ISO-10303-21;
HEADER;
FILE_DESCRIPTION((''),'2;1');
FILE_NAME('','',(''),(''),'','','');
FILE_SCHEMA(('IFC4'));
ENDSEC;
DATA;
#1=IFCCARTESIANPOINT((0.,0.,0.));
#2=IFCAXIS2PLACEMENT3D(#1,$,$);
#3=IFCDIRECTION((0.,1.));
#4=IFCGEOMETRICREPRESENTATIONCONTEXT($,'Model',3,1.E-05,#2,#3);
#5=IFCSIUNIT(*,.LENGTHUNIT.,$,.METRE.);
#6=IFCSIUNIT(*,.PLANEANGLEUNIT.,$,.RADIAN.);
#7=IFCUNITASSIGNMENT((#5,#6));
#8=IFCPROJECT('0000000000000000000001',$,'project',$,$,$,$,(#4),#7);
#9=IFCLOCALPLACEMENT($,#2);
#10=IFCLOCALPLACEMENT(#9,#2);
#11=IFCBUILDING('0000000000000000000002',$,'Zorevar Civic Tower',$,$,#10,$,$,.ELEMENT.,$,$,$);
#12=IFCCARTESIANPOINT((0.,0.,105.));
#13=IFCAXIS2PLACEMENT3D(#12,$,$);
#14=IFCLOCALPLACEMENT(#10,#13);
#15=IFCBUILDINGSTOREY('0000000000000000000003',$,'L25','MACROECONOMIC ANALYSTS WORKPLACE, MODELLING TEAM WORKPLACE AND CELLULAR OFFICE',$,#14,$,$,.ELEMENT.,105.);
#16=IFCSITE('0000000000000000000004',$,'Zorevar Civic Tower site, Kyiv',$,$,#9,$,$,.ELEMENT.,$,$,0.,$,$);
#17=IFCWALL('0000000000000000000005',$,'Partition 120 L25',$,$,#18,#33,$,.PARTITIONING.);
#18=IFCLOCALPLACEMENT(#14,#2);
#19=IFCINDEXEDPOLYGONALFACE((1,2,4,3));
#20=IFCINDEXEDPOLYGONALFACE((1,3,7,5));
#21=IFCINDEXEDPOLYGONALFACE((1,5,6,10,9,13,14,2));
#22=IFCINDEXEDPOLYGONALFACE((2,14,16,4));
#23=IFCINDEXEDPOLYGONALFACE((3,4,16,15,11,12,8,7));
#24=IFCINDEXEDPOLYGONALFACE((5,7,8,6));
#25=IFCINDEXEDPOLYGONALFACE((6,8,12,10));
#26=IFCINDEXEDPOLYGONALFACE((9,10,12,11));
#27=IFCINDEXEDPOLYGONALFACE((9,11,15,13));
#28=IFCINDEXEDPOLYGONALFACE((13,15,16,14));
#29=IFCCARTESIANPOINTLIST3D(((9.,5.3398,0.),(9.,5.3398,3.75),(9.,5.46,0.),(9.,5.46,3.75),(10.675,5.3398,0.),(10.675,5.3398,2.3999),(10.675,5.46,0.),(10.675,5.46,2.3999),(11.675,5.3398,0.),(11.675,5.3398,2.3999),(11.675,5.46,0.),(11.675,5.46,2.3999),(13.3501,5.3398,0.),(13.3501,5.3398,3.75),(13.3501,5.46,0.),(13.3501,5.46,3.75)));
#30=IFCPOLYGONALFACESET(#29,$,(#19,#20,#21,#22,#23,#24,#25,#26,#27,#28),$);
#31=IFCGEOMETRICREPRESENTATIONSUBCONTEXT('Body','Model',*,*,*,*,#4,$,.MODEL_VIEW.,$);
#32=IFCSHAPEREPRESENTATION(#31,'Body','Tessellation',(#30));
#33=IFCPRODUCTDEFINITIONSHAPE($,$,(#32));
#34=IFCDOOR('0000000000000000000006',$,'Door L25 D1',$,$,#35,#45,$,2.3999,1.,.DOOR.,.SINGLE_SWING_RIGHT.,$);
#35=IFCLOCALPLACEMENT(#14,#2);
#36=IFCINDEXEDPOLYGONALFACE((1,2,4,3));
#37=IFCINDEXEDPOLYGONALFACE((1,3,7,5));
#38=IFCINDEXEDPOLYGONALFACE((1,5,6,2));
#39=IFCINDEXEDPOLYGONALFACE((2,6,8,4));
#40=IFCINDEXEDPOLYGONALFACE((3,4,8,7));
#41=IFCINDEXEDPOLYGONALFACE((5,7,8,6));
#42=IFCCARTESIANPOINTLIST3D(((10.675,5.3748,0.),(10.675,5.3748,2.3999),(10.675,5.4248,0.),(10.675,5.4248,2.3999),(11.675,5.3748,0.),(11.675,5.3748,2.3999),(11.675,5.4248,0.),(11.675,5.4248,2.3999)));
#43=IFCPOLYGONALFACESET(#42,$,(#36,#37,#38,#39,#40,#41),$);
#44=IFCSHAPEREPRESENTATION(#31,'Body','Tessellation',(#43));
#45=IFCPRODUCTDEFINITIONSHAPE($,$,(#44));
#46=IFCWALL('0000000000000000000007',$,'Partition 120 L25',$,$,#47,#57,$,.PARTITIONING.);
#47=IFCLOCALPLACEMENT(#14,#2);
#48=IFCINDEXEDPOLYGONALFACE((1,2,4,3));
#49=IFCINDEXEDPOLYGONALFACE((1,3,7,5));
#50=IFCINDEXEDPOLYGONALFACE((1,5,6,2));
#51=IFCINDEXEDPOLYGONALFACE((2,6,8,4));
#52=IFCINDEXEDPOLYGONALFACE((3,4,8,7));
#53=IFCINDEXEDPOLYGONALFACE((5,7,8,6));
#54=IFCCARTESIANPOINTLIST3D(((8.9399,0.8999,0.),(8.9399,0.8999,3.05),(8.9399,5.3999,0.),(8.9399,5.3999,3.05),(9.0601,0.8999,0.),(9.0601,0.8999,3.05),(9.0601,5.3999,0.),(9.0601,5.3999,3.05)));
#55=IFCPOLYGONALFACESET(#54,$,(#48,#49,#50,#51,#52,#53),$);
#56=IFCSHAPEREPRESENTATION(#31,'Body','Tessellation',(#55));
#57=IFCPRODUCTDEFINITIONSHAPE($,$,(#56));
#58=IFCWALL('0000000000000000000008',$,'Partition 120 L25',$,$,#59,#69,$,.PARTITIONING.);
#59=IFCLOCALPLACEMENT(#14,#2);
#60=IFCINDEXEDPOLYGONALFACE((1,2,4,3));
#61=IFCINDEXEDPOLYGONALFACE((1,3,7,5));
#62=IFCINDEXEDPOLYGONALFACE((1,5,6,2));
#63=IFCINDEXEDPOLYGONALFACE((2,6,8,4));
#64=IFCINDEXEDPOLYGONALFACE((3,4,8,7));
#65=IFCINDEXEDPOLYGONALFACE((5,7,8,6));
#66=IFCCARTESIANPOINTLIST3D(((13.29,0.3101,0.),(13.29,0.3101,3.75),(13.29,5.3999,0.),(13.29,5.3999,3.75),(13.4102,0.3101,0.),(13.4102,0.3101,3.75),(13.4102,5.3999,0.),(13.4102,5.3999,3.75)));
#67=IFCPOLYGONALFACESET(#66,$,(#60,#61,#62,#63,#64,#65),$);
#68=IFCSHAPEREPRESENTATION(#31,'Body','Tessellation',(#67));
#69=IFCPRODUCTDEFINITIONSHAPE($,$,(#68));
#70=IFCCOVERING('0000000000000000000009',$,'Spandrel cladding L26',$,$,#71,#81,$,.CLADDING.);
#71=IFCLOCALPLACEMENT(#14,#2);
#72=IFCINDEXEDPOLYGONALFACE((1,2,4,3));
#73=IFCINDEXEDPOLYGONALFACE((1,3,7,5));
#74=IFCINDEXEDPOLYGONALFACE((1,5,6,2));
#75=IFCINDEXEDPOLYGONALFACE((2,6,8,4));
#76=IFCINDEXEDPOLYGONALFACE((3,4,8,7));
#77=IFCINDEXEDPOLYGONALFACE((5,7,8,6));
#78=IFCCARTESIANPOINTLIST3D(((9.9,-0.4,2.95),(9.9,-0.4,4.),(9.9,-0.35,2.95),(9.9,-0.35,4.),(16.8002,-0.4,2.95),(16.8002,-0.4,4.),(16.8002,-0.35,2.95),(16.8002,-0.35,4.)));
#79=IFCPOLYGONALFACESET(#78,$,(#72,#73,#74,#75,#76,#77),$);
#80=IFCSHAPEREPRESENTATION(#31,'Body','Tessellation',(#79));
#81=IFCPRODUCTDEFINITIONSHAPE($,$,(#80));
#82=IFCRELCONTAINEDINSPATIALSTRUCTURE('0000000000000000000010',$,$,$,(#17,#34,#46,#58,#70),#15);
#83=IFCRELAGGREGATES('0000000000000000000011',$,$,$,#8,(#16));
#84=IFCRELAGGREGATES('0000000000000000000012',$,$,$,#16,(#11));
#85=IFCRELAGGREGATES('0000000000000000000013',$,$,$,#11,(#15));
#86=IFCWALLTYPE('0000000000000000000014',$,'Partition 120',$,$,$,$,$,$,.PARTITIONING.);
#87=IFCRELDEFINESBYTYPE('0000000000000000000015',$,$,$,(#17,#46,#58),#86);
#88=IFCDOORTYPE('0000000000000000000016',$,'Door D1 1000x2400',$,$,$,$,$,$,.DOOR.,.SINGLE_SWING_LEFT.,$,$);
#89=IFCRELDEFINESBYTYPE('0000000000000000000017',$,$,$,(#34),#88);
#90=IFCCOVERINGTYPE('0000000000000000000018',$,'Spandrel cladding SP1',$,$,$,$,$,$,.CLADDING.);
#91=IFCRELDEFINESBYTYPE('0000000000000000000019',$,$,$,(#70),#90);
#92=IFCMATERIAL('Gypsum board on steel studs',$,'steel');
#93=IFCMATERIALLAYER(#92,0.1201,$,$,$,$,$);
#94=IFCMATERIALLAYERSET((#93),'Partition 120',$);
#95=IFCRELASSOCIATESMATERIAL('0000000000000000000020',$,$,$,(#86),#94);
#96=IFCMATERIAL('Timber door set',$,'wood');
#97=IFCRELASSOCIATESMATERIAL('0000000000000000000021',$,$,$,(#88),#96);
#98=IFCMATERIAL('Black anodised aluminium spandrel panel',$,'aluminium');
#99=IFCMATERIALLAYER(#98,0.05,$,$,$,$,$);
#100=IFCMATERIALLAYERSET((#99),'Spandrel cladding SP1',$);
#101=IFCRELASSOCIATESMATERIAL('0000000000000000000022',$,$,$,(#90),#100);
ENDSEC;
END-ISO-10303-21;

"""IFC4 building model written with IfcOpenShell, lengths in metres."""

from ifc_helpers import new_model, si_unit, direction, frame, frame_2d, origin, place, context, subcontext, project, spatial, rectangle, extrude, material, layer, layer_set, type_object, element, fill, save


model = new_model("IFC4")

# Units and contexts
model_context = context("Model", 3, precision=1e-05, world=origin(), true_north=direction((0.0, 1.0)))
body_context = subcontext(model_context, "Body", "Model", "MODEL_VIEW")
ifc_project = project(units=[si_unit("LENGTHUNIT", "METRE"), si_unit("PLANEANGLEUNIT", "RADIAN")], contexts=[model_context])

# Site, building, storey
site_placement = place(None, origin())
site = spatial("IfcSite", under=ifc_project, at=site_placement, Name="Zorevar Civic Tower site, Kyiv", CompositionType="ELEMENT", RefElevation=0.0)
building_placement = place(site_placement, origin())
building = spatial("IfcBuilding", under=site, at=building_placement, Name="Zorevar Civic Tower", CompositionType="ELEMENT")
storey_placement = place(building_placement, frame((0.0, 0.0, 105.0)))
storey = spatial("IfcBuildingStorey", under=building, at=storey_placement, Name="L25", Description="MACROECONOMIC ANALYSTS WORKPLACE, MODELLING TEAM WORKPLACE AND CELLULAR OFFICE", CompositionType="ELEMENT", Elevation=105.0)

# Wall, opening, door
ifc_material_1 = material(Name="Gypsum board on steel studs", Category="steel")
ifc_layer_1 = layer(ifc_material_1, 0.1201)
ifc_layer_set_1 = layer_set([ifc_layer_1], Name="Partition 120")
wall_type = type_object("IfcWallType", Name="Partition 120", PredefinedType="PARTITIONING", material=ifc_layer_set_1)
wall_1_placement = place(storey_placement, frame((9.0, 5.3999, 0.0), z_axis=(0.0, 0.0, 1.0), x_axis=(1.0, 0.0, 0.0)))
wall_1 = element("IfcWall", 1, at=wall_1_placement, inside=storey, type_object=wall_type, Name="Partition 120 L25", PredefinedType="PARTITIONING", context=body_context, shape_type="SweptSolid", body=[
    extrude(rectangle(XDim=4.3501, YDim=0.1201, at=frame_2d((2.175, 0.0))), origin(), (0.0, 0.0, 1.0), 3.75),
])
opening_placement = place(wall_1_placement, frame((1.675, 0.0, 0.0)))
opening = element("IfcOpeningElement", 2, at=opening_placement, cuts=wall_1, PredefinedType="OPENING", context=body_context, shape_type="SweptSolid", body=[
    extrude(rectangle(XDim=1.0, YDim=2.3999, at=frame_2d((0.5, 1.2))), frame((0.0, 0.0701, 0.0), z_axis=(0.0, -1.0, 0.0), x_axis=(1.0, 0.0, 0.0)), (0.0, 0.0, 1.0), 0.1401),
])
ifc_material_2 = material(Name="Timber door set", Category="wood")
door_type = type_object("IfcDoorType", Name="Door D1 1000x2400", OperationType="SINGLE_SWING_LEFT", PredefinedType="DOOR", material=ifc_material_2)
door_placement = place(opening_placement, origin())
door = element("IfcDoor", 3, at=door_placement, inside=storey, type_object=door_type, Name="Door L25 D1", OperationType="SINGLE_SWING_RIGHT", OverallHeight=2.3999, OverallWidth=1.0, PredefinedType="DOOR", context=body_context, shape_type="SweptSolid", body=[
    extrude(rectangle(XDim=1.0, YDim=2.3999, at=frame_2d((0.5, 1.2))), frame((0.0, 0.0249, 0.0), z_axis=(0.0, -1.0, 0.0), x_axis=(1.0, 0.0, 0.0)), (0.0, 0.0, 1.0), 0.05),
])
fill(opening, door)

# Walls
wall_2_placement = place(storey_placement, frame((9.0, 0.8999, 0.0), z_axis=(0.0, 0.0, 1.0), x_axis=(0.0, 1.0, 0.0)))
element("IfcWall", 4, at=wall_2_placement, inside=storey, type_object=wall_type, Name="Partition 120 L25", PredefinedType="PARTITIONING", context=body_context, shape_type="SweptSolid", body=[
    extrude(rectangle(XDim=4.5, YDim=0.1201, at=frame_2d((2.25, 0.0))), origin(), (0.0, 0.0, 1.0), 3.05),
])
wall_3_placement = place(storey_placement, frame((13.3501, 0.3101, 0.0), z_axis=(0.0, 0.0, 1.0), x_axis=(0.0, 1.0, 0.0)))
element("IfcWall", 5, at=wall_3_placement, inside=storey, type_object=wall_type, Name="Partition 120 L25", PredefinedType="PARTITIONING", context=body_context, shape_type="SweptSolid", body=[
    extrude(rectangle(XDim=5.0898, YDim=0.1201, at=frame_2d((2.5449, 0.0))), origin(), (0.0, 0.0, 1.0), 3.75),
])

# Covering
ifc_material_3 = material(Name="Black anodised aluminium spandrel panel", Category="aluminium")
ifc_layer_2 = layer(ifc_material_3, 0.05)
ifc_layer_set_2 = layer_set([ifc_layer_2], Name="Spandrel cladding SP1")
covering_type = type_object("IfcCoveringType", Name="Spandrel cladding SP1", PredefinedType="CLADDING", material=ifc_layer_set_2)
covering_placement = place(storey_placement, frame((9.8999, -0.375, 2.95), z_axis=(0.0, 0.0, 1.0), x_axis=(1.0, 0.0, 0.0)))
element("IfcCovering", 6, at=covering_placement, inside=storey, type_object=covering_type, Name="Spandrel cladding L26", PredefinedType="CLADDING", context=body_context, shape_type="SweptSolid", body=[
    extrude(rectangle(XDim=6.9001, YDim=0.05, at=frame_2d((3.4502, 0.0))), origin(), (0.0, 0.0, 1.0), 1.05),
])

save(model, "model.ifc")
